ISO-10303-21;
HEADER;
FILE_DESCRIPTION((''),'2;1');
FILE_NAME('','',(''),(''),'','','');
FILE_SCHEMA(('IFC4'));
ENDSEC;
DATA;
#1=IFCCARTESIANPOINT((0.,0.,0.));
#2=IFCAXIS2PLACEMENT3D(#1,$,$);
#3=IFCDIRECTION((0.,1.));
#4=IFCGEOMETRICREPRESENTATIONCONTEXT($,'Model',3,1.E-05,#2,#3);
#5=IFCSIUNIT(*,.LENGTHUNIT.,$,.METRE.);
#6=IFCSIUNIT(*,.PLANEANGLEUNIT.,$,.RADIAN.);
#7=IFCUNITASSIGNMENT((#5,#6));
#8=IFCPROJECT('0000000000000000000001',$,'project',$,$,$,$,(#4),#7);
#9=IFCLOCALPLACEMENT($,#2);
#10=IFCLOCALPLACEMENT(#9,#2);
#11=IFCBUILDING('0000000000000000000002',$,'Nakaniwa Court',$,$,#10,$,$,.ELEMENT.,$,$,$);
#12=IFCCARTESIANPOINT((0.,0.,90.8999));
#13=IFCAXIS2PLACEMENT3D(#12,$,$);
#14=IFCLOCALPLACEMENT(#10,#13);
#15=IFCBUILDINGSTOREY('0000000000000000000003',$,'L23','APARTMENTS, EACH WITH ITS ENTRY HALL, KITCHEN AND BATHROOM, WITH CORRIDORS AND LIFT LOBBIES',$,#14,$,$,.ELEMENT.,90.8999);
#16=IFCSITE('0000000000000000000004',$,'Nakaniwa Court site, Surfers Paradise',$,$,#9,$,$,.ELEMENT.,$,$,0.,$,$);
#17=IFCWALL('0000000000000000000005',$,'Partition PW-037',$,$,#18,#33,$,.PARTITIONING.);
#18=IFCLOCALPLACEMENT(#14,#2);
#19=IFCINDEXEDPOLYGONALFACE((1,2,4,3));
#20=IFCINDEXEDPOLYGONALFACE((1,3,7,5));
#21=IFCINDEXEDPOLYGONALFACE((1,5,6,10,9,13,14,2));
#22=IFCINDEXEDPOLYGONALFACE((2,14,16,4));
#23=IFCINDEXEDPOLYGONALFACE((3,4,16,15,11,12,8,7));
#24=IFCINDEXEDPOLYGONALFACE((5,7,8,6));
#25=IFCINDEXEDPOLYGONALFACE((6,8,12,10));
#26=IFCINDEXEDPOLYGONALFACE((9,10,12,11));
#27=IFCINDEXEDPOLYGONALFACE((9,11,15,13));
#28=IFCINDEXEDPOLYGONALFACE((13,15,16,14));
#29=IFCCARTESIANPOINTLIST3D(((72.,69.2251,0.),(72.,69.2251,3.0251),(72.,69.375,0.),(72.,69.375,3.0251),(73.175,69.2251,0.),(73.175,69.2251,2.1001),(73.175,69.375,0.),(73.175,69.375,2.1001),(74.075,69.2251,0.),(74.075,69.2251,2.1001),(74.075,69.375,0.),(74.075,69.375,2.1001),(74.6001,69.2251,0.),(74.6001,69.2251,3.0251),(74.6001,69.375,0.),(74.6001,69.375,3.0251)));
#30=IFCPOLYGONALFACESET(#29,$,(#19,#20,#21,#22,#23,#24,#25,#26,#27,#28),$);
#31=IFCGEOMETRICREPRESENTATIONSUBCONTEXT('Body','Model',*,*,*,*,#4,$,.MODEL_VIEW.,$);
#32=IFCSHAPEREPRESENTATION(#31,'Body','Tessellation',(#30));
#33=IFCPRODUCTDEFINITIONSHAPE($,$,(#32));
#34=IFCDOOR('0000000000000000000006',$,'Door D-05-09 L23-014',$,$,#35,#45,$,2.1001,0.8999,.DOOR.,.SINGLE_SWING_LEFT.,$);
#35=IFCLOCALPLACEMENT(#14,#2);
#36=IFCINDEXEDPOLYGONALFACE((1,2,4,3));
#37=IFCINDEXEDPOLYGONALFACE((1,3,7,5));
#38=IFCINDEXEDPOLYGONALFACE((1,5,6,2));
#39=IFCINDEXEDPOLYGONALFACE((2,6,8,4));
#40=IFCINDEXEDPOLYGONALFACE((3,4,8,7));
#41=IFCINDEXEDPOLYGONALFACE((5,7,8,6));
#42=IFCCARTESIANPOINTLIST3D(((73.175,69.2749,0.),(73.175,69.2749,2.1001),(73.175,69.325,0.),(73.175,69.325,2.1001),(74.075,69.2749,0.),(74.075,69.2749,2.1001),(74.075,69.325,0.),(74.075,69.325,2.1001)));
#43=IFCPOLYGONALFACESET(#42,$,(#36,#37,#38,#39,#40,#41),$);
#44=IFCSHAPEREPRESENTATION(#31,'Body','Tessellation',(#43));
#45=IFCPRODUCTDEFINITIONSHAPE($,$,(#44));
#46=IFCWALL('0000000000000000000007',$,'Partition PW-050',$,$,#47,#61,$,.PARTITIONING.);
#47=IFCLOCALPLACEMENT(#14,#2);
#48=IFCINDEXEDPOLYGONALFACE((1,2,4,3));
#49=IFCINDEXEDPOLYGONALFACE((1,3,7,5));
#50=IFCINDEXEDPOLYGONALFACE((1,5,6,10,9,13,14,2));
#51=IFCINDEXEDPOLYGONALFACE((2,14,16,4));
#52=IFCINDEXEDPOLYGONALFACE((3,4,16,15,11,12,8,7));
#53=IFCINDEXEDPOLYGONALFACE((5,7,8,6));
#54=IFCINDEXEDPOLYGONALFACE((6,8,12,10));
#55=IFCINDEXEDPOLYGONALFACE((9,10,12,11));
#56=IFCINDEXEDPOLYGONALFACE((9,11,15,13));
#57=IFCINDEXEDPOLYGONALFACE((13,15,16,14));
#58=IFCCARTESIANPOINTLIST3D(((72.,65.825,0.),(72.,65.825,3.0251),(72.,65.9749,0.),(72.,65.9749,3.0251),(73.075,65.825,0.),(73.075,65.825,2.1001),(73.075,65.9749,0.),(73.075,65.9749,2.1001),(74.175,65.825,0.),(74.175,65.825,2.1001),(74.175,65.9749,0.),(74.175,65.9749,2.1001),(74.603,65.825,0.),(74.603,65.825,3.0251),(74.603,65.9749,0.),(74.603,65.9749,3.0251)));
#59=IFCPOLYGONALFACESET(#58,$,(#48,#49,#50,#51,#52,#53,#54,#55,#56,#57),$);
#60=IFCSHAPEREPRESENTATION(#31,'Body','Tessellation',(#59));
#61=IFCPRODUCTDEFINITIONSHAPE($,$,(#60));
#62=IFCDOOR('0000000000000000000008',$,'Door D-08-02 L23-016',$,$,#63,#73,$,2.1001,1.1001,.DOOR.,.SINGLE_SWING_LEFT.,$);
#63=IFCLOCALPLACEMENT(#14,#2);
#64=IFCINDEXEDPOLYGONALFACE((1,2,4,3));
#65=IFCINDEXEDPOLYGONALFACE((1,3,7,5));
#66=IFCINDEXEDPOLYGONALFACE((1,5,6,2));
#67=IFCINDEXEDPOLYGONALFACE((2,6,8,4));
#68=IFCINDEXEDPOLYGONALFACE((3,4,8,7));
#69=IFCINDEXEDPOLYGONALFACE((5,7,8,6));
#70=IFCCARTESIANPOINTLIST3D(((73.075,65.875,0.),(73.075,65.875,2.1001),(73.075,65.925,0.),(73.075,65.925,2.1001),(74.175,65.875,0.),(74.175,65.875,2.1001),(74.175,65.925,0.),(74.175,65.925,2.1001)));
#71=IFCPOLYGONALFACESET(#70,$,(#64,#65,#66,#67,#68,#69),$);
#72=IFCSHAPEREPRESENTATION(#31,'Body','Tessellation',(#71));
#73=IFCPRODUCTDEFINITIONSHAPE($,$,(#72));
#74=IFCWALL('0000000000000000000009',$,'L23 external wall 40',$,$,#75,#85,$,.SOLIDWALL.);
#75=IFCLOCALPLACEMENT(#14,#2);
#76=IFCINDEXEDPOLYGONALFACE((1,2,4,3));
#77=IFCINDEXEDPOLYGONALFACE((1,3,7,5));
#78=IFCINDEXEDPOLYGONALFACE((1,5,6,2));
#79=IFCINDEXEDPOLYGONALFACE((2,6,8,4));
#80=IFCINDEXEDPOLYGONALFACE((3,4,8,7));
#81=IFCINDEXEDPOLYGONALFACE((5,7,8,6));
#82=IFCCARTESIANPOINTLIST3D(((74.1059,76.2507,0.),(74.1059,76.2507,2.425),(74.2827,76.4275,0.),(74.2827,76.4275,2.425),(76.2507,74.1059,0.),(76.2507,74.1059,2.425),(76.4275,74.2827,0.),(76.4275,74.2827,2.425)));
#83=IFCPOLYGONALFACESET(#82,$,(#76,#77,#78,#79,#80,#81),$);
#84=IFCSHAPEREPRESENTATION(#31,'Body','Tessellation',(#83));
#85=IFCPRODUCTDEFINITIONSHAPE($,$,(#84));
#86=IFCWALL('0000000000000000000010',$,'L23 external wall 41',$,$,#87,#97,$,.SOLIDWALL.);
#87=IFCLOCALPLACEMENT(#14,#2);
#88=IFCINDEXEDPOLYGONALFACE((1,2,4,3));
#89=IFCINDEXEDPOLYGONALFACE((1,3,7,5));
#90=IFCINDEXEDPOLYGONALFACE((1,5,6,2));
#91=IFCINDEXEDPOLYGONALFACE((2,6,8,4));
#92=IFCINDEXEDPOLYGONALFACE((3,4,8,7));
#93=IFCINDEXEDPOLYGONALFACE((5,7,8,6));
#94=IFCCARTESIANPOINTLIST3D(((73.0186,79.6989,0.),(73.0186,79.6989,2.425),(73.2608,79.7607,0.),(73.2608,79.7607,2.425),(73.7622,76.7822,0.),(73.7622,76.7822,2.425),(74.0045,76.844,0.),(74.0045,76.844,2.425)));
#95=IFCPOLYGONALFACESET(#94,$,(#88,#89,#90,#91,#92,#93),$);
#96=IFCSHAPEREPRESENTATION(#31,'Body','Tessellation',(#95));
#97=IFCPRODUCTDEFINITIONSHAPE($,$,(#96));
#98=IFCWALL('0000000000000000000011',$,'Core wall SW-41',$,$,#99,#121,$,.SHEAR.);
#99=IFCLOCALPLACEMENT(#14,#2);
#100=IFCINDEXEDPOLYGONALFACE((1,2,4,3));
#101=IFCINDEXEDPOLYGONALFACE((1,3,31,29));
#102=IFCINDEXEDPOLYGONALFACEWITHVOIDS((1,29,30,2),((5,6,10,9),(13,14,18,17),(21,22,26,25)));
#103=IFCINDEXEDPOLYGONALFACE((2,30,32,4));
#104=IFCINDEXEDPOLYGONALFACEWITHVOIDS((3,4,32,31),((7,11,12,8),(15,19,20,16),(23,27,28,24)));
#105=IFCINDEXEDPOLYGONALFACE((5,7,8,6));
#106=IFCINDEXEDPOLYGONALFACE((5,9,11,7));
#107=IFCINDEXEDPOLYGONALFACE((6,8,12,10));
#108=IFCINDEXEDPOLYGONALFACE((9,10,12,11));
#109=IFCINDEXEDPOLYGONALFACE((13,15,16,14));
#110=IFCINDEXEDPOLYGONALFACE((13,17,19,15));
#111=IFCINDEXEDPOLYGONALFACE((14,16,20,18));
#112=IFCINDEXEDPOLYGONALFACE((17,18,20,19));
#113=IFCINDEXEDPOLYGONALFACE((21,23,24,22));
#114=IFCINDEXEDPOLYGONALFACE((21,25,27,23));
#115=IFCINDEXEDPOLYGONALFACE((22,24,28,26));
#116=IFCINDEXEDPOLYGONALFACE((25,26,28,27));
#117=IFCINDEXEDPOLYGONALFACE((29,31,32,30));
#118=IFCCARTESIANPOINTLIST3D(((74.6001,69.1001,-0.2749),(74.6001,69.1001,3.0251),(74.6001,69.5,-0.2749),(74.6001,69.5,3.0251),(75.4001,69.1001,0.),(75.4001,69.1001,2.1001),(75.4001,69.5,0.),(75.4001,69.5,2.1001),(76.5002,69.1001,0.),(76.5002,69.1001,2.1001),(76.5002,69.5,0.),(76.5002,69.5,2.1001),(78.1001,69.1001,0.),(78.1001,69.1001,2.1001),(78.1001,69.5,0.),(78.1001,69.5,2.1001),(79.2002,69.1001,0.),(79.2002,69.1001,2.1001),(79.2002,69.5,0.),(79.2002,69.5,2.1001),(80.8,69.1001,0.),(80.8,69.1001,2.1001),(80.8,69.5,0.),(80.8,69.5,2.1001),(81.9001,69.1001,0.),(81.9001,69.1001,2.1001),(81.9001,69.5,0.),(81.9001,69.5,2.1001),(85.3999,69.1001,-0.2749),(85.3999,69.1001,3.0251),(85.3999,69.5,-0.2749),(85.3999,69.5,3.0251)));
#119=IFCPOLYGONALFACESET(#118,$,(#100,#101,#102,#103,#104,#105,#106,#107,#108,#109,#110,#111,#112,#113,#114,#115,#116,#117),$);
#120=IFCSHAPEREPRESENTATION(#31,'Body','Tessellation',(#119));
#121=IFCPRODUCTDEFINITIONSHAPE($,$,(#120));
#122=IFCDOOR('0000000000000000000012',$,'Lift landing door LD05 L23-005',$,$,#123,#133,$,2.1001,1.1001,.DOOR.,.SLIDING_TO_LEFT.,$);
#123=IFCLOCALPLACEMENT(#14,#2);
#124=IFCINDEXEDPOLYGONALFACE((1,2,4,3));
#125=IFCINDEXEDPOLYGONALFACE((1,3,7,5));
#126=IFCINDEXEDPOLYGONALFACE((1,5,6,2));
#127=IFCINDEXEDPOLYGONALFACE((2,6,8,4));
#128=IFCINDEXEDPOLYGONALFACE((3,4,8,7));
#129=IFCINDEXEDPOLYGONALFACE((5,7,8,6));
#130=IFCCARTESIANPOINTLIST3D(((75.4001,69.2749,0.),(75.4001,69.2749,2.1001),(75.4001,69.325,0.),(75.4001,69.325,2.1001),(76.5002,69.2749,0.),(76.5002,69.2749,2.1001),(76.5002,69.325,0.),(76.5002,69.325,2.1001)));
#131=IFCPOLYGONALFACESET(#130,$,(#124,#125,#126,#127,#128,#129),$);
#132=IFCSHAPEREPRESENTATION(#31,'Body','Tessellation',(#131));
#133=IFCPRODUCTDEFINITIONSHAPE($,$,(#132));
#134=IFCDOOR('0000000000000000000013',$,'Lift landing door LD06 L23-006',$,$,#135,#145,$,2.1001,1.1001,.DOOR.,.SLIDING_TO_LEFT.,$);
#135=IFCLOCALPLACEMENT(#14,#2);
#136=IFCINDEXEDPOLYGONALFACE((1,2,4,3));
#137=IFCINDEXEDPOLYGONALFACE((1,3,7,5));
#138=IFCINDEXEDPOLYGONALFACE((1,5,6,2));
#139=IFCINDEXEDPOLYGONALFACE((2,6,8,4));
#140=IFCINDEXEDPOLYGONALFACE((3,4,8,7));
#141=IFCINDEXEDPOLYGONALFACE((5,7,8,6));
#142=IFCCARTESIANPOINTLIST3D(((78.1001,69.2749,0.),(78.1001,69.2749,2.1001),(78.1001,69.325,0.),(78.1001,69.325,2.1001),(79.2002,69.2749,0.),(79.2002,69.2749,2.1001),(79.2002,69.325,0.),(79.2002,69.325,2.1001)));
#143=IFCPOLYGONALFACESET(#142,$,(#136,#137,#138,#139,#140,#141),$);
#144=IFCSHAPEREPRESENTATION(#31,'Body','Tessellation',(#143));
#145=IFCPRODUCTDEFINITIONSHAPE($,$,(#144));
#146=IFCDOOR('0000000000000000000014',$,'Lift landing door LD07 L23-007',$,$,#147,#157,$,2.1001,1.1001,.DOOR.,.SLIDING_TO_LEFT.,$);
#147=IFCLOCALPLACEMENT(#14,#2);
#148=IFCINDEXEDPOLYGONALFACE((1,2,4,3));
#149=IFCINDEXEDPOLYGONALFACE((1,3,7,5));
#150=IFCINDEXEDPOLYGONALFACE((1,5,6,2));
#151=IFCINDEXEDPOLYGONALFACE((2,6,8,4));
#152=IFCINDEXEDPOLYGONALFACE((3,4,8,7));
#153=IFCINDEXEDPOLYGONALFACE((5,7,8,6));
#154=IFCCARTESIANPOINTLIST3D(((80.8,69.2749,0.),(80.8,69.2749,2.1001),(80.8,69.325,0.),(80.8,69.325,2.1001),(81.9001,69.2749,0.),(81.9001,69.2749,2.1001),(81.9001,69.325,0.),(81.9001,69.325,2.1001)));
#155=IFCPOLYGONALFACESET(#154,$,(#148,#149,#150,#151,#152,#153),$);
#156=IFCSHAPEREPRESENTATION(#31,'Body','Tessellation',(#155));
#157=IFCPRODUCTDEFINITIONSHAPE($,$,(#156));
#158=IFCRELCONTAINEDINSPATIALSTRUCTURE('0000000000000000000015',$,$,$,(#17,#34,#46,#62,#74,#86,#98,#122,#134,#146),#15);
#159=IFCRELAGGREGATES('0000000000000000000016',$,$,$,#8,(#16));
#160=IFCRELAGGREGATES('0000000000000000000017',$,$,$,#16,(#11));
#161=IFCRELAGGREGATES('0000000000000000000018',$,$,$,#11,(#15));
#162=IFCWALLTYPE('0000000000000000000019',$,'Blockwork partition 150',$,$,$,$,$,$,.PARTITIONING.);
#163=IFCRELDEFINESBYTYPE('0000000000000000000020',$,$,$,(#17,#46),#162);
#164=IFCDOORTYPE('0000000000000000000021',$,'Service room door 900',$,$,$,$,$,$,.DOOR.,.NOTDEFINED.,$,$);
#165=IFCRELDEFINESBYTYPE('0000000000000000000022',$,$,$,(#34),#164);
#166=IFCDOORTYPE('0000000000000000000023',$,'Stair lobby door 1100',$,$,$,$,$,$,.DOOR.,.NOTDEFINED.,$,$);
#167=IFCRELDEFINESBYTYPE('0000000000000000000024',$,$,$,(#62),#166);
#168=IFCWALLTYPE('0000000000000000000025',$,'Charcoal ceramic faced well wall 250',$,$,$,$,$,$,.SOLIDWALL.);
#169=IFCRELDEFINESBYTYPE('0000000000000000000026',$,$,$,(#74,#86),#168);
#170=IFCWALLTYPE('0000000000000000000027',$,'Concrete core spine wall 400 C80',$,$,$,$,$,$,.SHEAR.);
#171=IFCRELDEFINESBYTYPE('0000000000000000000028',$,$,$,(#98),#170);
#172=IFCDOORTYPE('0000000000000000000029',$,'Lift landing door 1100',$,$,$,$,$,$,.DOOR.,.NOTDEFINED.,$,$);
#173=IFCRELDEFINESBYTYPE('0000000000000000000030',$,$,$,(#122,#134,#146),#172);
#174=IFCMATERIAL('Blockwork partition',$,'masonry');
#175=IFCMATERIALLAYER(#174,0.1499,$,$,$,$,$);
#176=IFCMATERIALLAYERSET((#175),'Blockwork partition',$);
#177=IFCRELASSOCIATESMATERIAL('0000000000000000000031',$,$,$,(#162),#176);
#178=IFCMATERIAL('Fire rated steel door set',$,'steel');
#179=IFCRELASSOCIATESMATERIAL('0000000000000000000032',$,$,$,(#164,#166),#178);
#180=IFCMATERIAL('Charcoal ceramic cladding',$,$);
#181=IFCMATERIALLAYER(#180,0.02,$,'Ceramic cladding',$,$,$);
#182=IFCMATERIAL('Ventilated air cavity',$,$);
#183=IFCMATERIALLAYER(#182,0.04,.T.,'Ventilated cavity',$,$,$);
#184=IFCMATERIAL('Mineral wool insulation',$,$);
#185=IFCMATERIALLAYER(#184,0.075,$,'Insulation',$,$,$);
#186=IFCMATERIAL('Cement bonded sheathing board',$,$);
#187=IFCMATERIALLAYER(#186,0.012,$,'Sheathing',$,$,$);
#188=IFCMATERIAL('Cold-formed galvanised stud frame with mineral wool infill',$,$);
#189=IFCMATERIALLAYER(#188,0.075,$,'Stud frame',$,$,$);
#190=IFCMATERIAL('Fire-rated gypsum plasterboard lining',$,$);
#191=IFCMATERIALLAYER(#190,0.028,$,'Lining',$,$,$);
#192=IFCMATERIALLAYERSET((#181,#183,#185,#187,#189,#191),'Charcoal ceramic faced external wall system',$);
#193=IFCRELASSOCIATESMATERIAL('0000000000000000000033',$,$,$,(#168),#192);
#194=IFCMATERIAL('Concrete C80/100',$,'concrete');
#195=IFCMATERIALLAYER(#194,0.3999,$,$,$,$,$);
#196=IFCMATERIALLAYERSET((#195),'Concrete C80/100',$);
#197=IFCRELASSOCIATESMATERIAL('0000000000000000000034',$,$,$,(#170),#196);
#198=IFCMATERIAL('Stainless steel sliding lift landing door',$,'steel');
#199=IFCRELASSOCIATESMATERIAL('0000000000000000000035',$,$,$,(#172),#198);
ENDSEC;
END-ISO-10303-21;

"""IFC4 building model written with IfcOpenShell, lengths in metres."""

from ifc_helpers import new_model, si_unit, direction, frame, frame_2d, origin, place, context, subcontext, project, spatial, rectangle, extrude, material, layer, layer_set, type_object, element, fill, save


model = new_model("IFC4")

# Units and contexts
model_context = context("Model", 3, precision=1e-05, world=origin(), true_north=direction((0.0, 1.0)))
body_context = subcontext(model_context, "Body", "Model", "MODEL_VIEW")
ifc_project = project(units=[si_unit("LENGTHUNIT", "METRE"), si_unit("PLANEANGLEUNIT", "RADIAN")], contexts=[model_context])

# Site, building, storey
site_placement = place(None, origin())
site = spatial("IfcSite", under=ifc_project, at=site_placement, Name="Nakaniwa Court site, Surfers Paradise", CompositionType="ELEMENT", RefElevation=0.0)
building_placement = place(site_placement, origin())
building = spatial("IfcBuilding", under=site, at=building_placement, Name="Nakaniwa Court", CompositionType="ELEMENT")
storey_placement = place(building_placement, frame((0.0, 0.0, 90.8999)))
storey = spatial("IfcBuildingStorey", under=building, at=storey_placement, Name="L23", Description="APARTMENTS, EACH WITH ITS ENTRY HALL, KITCHEN AND BATHROOM, WITH CORRIDORS AND LIFT LOBBIES", CompositionType="ELEMENT", Elevation=90.8999)

# Shared definitions
ifc_material_1 = material(Name="Concrete C80/100", Category="concrete")

# Walls, openings, doors
ifc_material_2 = material(Name="Blockwork partition", Category="masonry")
ifc_layer_1 = layer(ifc_material_2, 0.1499)
ifc_layer_set_1 = layer_set([ifc_layer_1], Name="Blockwork partition")
wall_type_1 = type_object("IfcWallType", Name="Blockwork partition 150", PredefinedType="PARTITIONING", material=ifc_layer_set_1)
wall_1_placement = place(storey_placement, frame((72.0, 69.3, 0.0), z_axis=(0.0, 0.0, 1.0), x_axis=(1.0, 0.0, 0.0)))
wall_1 = element("IfcWall", 1, at=wall_1_placement, inside=storey, type_object=wall_type_1, Name="Partition PW-037", PredefinedType="PARTITIONING", context=body_context, shape_type="SweptSolid", body=[
    extrude(rectangle(XDim=2.6001, YDim=0.1499, at=frame_2d((1.3, 0.0))), origin(), (0.0, 0.0, 1.0), 3.0251),
])
opening_1_placement = place(wall_1_placement, frame((1.175, 0.0, 0.0)))
opening_1 = element("IfcOpeningElement", 2, at=opening_1_placement, cuts=wall_1, PredefinedType="OPENING", context=body_context, shape_type="SweptSolid", body=[
    extrude(rectangle(XDim=0.8999, YDim=2.1001, at=frame_2d((0.45, 1.05))), frame((0.0, 0.085, 0.0), z_axis=(0.0, -1.0, 0.0), x_axis=(1.0, 0.0, 0.0)), (0.0, 0.0, 1.0), 0.1699),
])
ifc_material_3 = material(Name="Fire rated steel door set", Category="steel")
door_type_1 = type_object("IfcDoorType", Name="Service room door 900", OperationType="NOTDEFINED", PredefinedType="DOOR", material=ifc_material_3)
door_1_placement = place(opening_1_placement, origin())
door_1 = element("IfcDoor", 3, at=door_1_placement, inside=storey, type_object=door_type_1, Name="Door D-05-09 L23-014", OperationType="SINGLE_SWING_LEFT", OverallHeight=2.1001, OverallWidth=0.8999, PredefinedType="DOOR", context=body_context, shape_type="SweptSolid", body=[
    extrude(rectangle(XDim=0.8999, YDim=2.1001, at=frame_2d((0.45, 1.05))), frame((0.0, 0.0249, 0.0), z_axis=(0.0, -1.0, 0.0), x_axis=(1.0, 0.0, 0.0)), (0.0, 0.0, 1.0), 0.05),
])
fill(opening_1, door_1)
wall_2_placement = place(storey_placement, frame((74.603, 65.8999, 0.0), z_axis=(0.0, 0.0, 1.0), x_axis=(-1.0, 0.0, 0.0)))
wall_2 = element("IfcWall", 4, at=wall_2_placement, inside=storey, type_object=wall_type_1, Name="Partition PW-050", PredefinedType="PARTITIONING", context=body_context, shape_type="SweptSolid", body=[
    extrude(rectangle(XDim=2.603, YDim=0.1499, at=frame_2d((1.3015, 0.0))), origin(), (0.0, 0.0, 1.0), 3.0251),
])
opening_2_placement = place(wall_2_placement, frame((0.428, 0.0, 0.0)))
opening_2 = element("IfcOpeningElement", 5, at=opening_2_placement, cuts=wall_2, PredefinedType="OPENING", context=body_context, shape_type="SweptSolid", body=[
    extrude(rectangle(XDim=1.1001, YDim=2.1001, at=frame_2d((0.55, 1.05))), frame((0.0, 0.085, 0.0), z_axis=(0.0, -1.0, 0.0), x_axis=(1.0, 0.0, 0.0)), (0.0, 0.0, 1.0), 0.1699),
])
door_type_2 = type_object("IfcDoorType", Name="Stair lobby door 1100", OperationType="NOTDEFINED", PredefinedType="DOOR", material=ifc_material_3)
door_2_placement = place(opening_2_placement, origin())
door_2 = element("IfcDoor", 6, at=door_2_placement, inside=storey, type_object=door_type_2, Name="Door D-08-02 L23-016", OperationType="SINGLE_SWING_LEFT", OverallHeight=2.1001, OverallWidth=1.1001, PredefinedType="DOOR", context=body_context, shape_type="SweptSolid", body=[
    extrude(rectangle(XDim=1.1001, YDim=2.1001, at=frame_2d((0.55, 1.05))), frame((0.0, 0.0249, 0.0), z_axis=(0.0, -1.0, 0.0), x_axis=(1.0, 0.0, 0.0)), (0.0, 0.0, 1.0), 0.05),
])
fill(opening_2, door_2)

# Walls
ifc_material_4 = material(Name="Charcoal ceramic cladding")
ifc_layer_2 = layer(ifc_material_4, 0.02, Name="Ceramic cladding")
ifc_material_5 = material(Name="Ventilated air cavity")
ifc_layer_3 = layer(ifc_material_5, 0.04, ventilated=True, Name="Ventilated cavity")
ifc_material_6 = material(Name="Mineral wool insulation")
ifc_layer_4 = layer(ifc_material_6, 0.075, Name="Insulation")
ifc_material_7 = material(Name="Cement bonded sheathing board")
ifc_layer_5 = layer(ifc_material_7, 0.012, Name="Sheathing")
ifc_material_8 = material(Name="Cold-formed galvanised stud frame with mineral wool infill")
ifc_layer_6 = layer(ifc_material_8, 0.075, Name="Stud frame")
ifc_material_9 = material(Name="Fire-rated gypsum plasterboard lining")
ifc_layer_7 = layer(ifc_material_9, 0.028, Name="Lining")
ifc_layer_set_2 = layer_set([ifc_layer_2, ifc_layer_3, ifc_layer_4, ifc_layer_5, ifc_layer_6, ifc_layer_7], Name="Charcoal ceramic faced external wall system")
wall_type_2 = type_object("IfcWallType", Name="Charcoal ceramic faced well wall 250", PredefinedType="SOLIDWALL", material=ifc_layer_set_2)
wall_3_placement = place(storey_placement, frame((76.3391, 74.1943, 0.0), z_axis=(0.0, 0.0, 1.0), x_axis=(-0.707107, 0.707107, 0.0)))
element("IfcWall", 7, at=wall_3_placement, inside=storey, type_object=wall_type_2, Name="L23 external wall 40", PredefinedType="SOLIDWALL", context=body_context, shape_type="SweptSolid", body=[
    extrude(rectangle(XDim=3.0332, YDim=0.25, at=frame_2d((1.5166, 0.0))), origin(), (0.0, 0.0, 1.0), 2.425),
])
wall_4_placement = place(storey_placement, frame((73.8833, 76.8132, 0.0), z_axis=(0.0, 0.0, 1.0), x_axis=(-0.247056, 0.969001, 0.0)))
element("IfcWall", 8, at=wall_4_placement, inside=storey, type_object=wall_type_2, Name="L23 external wall 41", PredefinedType="SOLIDWALL", context=body_context, shape_type="SweptSolid", body=[
    extrude(rectangle(XDim=3.01, YDim=0.25, at=frame_2d((1.5049, 0.0))), origin(), (0.0, 0.0, 1.0), 2.425),
])

# Wall, openings, doors
ifc_layer_8 = layer(ifc_material_1, 0.3999)
ifc_layer_set_3 = layer_set([ifc_layer_8], Name="Concrete C80/100")
wall_type_3 = type_object("IfcWallType", Name="Concrete core spine wall 400 C80", PredefinedType="SHEAR", material=ifc_layer_set_3)
wall_5_placement = place(storey_placement, frame((74.6001, 69.3, -0.2749), z_axis=(0.0, 0.0, 1.0), x_axis=(1.0, 0.0, 0.0)))
wall_5 = element("IfcWall", 9, at=wall_5_placement, inside=storey, type_object=wall_type_3, Name="Core wall SW-41", PredefinedType="SHEAR", context=body_context, shape_type="SweptSolid", body=[
    extrude(rectangle(XDim=10.7998, YDim=0.3999, at=frame_2d((5.3999, 0.0))), origin(), (0.0, 0.0, 1.0), 3.3),
])
opening_3_placement = place(wall_5_placement, frame((0.8, 0.0, 0.2749)))
opening_3 = element("IfcOpeningElement", 10, at=opening_3_placement, cuts=wall_5, PredefinedType="OPENING", context=body_context, shape_type="SweptSolid", body=[
    extrude(rectangle(XDim=1.1001, YDim=2.1001, at=frame_2d((0.55, 1.05))), frame((0.0, 0.21, 0.0), z_axis=(0.0, -1.0, 0.0), x_axis=(1.0, 0.0, 0.0)), (0.0, 0.0, 1.0), 0.4199),
])
opening_4_placement = place(wall_5_placement, frame((3.5, 0.0, 0.2749)))
opening_4 = element("IfcOpeningElement", 11, at=opening_4_placement, cuts=wall_5, PredefinedType="OPENING", context=body_context, shape_type="SweptSolid", body=[
    extrude(rectangle(XDim=1.1001, YDim=2.1001, at=frame_2d((0.55, 1.05))), frame((0.0, 0.21, 0.0), z_axis=(0.0, -1.0, 0.0), x_axis=(1.0, 0.0, 0.0)), (0.0, 0.0, 1.0), 0.4199),
])
opening_5_placement = place(wall_5_placement, frame((6.2, 0.0, 0.2749)))
opening_5 = element("IfcOpeningElement", 12, at=opening_5_placement, cuts=wall_5, PredefinedType="OPENING", context=body_context, shape_type="SweptSolid", body=[
    extrude(rectangle(XDim=1.1001, YDim=2.1001, at=frame_2d((0.55, 1.05))), frame((0.0, 0.21, 0.0), z_axis=(0.0, -1.0, 0.0), x_axis=(1.0, 0.0, 0.0)), (0.0, 0.0, 1.0), 0.4199),
])
ifc_material_10 = material(Name="Stainless steel sliding lift landing door", Category="steel")
door_type_3 = type_object("IfcDoorType", Name="Lift landing door 1100", OperationType="NOTDEFINED", PredefinedType="DOOR", material=ifc_material_10)
door_3_placement = place(opening_3_placement, origin())
door_3 = element("IfcDoor", 13, at=door_3_placement, inside=storey, type_object=door_type_3, Name="Lift landing door LD05 L23-005", OperationType="SLIDING_TO_LEFT", OverallHeight=2.1001, OverallWidth=1.1001, PredefinedType="DOOR", context=body_context, shape_type="SweptSolid", body=[
    extrude(rectangle(XDim=1.1001, YDim=2.1001, at=frame_2d((0.55, 1.05))), frame((0.0, 0.0249, 0.0), z_axis=(0.0, -1.0, 0.0), x_axis=(1.0, 0.0, 0.0)), (0.0, 0.0, 1.0), 0.05),
])
fill(opening_3, door_3)
door_4_placement = place(opening_4_placement, origin())
door_4 = element("IfcDoor", 14, at=door_4_placement, inside=storey, type_object=door_type_3, Name="Lift landing door LD06 L23-006", OperationType="SLIDING_TO_LEFT", OverallHeight=2.1001, OverallWidth=1.1001, PredefinedType="DOOR", context=body_context, shape_type="SweptSolid", body=[
    extrude(rectangle(XDim=1.1001, YDim=2.1001, at=frame_2d((0.55, 1.05))), frame((0.0, 0.0249, 0.0), z_axis=(0.0, -1.0, 0.0), x_axis=(1.0, 0.0, 0.0)), (0.0, 0.0, 1.0), 0.05),
])
fill(opening_4, door_4)
door_5_placement = place(opening_5_placement, origin())
door_5 = element("IfcDoor", 15, at=door_5_placement, inside=storey, type_object=door_type_3, Name="Lift landing door LD07 L23-007", OperationType="SLIDING_TO_LEFT", OverallHeight=2.1001, OverallWidth=1.1001, PredefinedType="DOOR", context=body_context, shape_type="SweptSolid", body=[
    extrude(rectangle(XDim=1.1001, YDim=2.1001, at=frame_2d((0.55, 1.05))), frame((0.0, 0.0249, 0.0), z_axis=(0.0, -1.0, 0.0), x_axis=(1.0, 0.0, 0.0)), (0.0, 0.0, 1.0), 0.05),
])
fill(opening_5, door_5)

save(model, "model.ifc")
